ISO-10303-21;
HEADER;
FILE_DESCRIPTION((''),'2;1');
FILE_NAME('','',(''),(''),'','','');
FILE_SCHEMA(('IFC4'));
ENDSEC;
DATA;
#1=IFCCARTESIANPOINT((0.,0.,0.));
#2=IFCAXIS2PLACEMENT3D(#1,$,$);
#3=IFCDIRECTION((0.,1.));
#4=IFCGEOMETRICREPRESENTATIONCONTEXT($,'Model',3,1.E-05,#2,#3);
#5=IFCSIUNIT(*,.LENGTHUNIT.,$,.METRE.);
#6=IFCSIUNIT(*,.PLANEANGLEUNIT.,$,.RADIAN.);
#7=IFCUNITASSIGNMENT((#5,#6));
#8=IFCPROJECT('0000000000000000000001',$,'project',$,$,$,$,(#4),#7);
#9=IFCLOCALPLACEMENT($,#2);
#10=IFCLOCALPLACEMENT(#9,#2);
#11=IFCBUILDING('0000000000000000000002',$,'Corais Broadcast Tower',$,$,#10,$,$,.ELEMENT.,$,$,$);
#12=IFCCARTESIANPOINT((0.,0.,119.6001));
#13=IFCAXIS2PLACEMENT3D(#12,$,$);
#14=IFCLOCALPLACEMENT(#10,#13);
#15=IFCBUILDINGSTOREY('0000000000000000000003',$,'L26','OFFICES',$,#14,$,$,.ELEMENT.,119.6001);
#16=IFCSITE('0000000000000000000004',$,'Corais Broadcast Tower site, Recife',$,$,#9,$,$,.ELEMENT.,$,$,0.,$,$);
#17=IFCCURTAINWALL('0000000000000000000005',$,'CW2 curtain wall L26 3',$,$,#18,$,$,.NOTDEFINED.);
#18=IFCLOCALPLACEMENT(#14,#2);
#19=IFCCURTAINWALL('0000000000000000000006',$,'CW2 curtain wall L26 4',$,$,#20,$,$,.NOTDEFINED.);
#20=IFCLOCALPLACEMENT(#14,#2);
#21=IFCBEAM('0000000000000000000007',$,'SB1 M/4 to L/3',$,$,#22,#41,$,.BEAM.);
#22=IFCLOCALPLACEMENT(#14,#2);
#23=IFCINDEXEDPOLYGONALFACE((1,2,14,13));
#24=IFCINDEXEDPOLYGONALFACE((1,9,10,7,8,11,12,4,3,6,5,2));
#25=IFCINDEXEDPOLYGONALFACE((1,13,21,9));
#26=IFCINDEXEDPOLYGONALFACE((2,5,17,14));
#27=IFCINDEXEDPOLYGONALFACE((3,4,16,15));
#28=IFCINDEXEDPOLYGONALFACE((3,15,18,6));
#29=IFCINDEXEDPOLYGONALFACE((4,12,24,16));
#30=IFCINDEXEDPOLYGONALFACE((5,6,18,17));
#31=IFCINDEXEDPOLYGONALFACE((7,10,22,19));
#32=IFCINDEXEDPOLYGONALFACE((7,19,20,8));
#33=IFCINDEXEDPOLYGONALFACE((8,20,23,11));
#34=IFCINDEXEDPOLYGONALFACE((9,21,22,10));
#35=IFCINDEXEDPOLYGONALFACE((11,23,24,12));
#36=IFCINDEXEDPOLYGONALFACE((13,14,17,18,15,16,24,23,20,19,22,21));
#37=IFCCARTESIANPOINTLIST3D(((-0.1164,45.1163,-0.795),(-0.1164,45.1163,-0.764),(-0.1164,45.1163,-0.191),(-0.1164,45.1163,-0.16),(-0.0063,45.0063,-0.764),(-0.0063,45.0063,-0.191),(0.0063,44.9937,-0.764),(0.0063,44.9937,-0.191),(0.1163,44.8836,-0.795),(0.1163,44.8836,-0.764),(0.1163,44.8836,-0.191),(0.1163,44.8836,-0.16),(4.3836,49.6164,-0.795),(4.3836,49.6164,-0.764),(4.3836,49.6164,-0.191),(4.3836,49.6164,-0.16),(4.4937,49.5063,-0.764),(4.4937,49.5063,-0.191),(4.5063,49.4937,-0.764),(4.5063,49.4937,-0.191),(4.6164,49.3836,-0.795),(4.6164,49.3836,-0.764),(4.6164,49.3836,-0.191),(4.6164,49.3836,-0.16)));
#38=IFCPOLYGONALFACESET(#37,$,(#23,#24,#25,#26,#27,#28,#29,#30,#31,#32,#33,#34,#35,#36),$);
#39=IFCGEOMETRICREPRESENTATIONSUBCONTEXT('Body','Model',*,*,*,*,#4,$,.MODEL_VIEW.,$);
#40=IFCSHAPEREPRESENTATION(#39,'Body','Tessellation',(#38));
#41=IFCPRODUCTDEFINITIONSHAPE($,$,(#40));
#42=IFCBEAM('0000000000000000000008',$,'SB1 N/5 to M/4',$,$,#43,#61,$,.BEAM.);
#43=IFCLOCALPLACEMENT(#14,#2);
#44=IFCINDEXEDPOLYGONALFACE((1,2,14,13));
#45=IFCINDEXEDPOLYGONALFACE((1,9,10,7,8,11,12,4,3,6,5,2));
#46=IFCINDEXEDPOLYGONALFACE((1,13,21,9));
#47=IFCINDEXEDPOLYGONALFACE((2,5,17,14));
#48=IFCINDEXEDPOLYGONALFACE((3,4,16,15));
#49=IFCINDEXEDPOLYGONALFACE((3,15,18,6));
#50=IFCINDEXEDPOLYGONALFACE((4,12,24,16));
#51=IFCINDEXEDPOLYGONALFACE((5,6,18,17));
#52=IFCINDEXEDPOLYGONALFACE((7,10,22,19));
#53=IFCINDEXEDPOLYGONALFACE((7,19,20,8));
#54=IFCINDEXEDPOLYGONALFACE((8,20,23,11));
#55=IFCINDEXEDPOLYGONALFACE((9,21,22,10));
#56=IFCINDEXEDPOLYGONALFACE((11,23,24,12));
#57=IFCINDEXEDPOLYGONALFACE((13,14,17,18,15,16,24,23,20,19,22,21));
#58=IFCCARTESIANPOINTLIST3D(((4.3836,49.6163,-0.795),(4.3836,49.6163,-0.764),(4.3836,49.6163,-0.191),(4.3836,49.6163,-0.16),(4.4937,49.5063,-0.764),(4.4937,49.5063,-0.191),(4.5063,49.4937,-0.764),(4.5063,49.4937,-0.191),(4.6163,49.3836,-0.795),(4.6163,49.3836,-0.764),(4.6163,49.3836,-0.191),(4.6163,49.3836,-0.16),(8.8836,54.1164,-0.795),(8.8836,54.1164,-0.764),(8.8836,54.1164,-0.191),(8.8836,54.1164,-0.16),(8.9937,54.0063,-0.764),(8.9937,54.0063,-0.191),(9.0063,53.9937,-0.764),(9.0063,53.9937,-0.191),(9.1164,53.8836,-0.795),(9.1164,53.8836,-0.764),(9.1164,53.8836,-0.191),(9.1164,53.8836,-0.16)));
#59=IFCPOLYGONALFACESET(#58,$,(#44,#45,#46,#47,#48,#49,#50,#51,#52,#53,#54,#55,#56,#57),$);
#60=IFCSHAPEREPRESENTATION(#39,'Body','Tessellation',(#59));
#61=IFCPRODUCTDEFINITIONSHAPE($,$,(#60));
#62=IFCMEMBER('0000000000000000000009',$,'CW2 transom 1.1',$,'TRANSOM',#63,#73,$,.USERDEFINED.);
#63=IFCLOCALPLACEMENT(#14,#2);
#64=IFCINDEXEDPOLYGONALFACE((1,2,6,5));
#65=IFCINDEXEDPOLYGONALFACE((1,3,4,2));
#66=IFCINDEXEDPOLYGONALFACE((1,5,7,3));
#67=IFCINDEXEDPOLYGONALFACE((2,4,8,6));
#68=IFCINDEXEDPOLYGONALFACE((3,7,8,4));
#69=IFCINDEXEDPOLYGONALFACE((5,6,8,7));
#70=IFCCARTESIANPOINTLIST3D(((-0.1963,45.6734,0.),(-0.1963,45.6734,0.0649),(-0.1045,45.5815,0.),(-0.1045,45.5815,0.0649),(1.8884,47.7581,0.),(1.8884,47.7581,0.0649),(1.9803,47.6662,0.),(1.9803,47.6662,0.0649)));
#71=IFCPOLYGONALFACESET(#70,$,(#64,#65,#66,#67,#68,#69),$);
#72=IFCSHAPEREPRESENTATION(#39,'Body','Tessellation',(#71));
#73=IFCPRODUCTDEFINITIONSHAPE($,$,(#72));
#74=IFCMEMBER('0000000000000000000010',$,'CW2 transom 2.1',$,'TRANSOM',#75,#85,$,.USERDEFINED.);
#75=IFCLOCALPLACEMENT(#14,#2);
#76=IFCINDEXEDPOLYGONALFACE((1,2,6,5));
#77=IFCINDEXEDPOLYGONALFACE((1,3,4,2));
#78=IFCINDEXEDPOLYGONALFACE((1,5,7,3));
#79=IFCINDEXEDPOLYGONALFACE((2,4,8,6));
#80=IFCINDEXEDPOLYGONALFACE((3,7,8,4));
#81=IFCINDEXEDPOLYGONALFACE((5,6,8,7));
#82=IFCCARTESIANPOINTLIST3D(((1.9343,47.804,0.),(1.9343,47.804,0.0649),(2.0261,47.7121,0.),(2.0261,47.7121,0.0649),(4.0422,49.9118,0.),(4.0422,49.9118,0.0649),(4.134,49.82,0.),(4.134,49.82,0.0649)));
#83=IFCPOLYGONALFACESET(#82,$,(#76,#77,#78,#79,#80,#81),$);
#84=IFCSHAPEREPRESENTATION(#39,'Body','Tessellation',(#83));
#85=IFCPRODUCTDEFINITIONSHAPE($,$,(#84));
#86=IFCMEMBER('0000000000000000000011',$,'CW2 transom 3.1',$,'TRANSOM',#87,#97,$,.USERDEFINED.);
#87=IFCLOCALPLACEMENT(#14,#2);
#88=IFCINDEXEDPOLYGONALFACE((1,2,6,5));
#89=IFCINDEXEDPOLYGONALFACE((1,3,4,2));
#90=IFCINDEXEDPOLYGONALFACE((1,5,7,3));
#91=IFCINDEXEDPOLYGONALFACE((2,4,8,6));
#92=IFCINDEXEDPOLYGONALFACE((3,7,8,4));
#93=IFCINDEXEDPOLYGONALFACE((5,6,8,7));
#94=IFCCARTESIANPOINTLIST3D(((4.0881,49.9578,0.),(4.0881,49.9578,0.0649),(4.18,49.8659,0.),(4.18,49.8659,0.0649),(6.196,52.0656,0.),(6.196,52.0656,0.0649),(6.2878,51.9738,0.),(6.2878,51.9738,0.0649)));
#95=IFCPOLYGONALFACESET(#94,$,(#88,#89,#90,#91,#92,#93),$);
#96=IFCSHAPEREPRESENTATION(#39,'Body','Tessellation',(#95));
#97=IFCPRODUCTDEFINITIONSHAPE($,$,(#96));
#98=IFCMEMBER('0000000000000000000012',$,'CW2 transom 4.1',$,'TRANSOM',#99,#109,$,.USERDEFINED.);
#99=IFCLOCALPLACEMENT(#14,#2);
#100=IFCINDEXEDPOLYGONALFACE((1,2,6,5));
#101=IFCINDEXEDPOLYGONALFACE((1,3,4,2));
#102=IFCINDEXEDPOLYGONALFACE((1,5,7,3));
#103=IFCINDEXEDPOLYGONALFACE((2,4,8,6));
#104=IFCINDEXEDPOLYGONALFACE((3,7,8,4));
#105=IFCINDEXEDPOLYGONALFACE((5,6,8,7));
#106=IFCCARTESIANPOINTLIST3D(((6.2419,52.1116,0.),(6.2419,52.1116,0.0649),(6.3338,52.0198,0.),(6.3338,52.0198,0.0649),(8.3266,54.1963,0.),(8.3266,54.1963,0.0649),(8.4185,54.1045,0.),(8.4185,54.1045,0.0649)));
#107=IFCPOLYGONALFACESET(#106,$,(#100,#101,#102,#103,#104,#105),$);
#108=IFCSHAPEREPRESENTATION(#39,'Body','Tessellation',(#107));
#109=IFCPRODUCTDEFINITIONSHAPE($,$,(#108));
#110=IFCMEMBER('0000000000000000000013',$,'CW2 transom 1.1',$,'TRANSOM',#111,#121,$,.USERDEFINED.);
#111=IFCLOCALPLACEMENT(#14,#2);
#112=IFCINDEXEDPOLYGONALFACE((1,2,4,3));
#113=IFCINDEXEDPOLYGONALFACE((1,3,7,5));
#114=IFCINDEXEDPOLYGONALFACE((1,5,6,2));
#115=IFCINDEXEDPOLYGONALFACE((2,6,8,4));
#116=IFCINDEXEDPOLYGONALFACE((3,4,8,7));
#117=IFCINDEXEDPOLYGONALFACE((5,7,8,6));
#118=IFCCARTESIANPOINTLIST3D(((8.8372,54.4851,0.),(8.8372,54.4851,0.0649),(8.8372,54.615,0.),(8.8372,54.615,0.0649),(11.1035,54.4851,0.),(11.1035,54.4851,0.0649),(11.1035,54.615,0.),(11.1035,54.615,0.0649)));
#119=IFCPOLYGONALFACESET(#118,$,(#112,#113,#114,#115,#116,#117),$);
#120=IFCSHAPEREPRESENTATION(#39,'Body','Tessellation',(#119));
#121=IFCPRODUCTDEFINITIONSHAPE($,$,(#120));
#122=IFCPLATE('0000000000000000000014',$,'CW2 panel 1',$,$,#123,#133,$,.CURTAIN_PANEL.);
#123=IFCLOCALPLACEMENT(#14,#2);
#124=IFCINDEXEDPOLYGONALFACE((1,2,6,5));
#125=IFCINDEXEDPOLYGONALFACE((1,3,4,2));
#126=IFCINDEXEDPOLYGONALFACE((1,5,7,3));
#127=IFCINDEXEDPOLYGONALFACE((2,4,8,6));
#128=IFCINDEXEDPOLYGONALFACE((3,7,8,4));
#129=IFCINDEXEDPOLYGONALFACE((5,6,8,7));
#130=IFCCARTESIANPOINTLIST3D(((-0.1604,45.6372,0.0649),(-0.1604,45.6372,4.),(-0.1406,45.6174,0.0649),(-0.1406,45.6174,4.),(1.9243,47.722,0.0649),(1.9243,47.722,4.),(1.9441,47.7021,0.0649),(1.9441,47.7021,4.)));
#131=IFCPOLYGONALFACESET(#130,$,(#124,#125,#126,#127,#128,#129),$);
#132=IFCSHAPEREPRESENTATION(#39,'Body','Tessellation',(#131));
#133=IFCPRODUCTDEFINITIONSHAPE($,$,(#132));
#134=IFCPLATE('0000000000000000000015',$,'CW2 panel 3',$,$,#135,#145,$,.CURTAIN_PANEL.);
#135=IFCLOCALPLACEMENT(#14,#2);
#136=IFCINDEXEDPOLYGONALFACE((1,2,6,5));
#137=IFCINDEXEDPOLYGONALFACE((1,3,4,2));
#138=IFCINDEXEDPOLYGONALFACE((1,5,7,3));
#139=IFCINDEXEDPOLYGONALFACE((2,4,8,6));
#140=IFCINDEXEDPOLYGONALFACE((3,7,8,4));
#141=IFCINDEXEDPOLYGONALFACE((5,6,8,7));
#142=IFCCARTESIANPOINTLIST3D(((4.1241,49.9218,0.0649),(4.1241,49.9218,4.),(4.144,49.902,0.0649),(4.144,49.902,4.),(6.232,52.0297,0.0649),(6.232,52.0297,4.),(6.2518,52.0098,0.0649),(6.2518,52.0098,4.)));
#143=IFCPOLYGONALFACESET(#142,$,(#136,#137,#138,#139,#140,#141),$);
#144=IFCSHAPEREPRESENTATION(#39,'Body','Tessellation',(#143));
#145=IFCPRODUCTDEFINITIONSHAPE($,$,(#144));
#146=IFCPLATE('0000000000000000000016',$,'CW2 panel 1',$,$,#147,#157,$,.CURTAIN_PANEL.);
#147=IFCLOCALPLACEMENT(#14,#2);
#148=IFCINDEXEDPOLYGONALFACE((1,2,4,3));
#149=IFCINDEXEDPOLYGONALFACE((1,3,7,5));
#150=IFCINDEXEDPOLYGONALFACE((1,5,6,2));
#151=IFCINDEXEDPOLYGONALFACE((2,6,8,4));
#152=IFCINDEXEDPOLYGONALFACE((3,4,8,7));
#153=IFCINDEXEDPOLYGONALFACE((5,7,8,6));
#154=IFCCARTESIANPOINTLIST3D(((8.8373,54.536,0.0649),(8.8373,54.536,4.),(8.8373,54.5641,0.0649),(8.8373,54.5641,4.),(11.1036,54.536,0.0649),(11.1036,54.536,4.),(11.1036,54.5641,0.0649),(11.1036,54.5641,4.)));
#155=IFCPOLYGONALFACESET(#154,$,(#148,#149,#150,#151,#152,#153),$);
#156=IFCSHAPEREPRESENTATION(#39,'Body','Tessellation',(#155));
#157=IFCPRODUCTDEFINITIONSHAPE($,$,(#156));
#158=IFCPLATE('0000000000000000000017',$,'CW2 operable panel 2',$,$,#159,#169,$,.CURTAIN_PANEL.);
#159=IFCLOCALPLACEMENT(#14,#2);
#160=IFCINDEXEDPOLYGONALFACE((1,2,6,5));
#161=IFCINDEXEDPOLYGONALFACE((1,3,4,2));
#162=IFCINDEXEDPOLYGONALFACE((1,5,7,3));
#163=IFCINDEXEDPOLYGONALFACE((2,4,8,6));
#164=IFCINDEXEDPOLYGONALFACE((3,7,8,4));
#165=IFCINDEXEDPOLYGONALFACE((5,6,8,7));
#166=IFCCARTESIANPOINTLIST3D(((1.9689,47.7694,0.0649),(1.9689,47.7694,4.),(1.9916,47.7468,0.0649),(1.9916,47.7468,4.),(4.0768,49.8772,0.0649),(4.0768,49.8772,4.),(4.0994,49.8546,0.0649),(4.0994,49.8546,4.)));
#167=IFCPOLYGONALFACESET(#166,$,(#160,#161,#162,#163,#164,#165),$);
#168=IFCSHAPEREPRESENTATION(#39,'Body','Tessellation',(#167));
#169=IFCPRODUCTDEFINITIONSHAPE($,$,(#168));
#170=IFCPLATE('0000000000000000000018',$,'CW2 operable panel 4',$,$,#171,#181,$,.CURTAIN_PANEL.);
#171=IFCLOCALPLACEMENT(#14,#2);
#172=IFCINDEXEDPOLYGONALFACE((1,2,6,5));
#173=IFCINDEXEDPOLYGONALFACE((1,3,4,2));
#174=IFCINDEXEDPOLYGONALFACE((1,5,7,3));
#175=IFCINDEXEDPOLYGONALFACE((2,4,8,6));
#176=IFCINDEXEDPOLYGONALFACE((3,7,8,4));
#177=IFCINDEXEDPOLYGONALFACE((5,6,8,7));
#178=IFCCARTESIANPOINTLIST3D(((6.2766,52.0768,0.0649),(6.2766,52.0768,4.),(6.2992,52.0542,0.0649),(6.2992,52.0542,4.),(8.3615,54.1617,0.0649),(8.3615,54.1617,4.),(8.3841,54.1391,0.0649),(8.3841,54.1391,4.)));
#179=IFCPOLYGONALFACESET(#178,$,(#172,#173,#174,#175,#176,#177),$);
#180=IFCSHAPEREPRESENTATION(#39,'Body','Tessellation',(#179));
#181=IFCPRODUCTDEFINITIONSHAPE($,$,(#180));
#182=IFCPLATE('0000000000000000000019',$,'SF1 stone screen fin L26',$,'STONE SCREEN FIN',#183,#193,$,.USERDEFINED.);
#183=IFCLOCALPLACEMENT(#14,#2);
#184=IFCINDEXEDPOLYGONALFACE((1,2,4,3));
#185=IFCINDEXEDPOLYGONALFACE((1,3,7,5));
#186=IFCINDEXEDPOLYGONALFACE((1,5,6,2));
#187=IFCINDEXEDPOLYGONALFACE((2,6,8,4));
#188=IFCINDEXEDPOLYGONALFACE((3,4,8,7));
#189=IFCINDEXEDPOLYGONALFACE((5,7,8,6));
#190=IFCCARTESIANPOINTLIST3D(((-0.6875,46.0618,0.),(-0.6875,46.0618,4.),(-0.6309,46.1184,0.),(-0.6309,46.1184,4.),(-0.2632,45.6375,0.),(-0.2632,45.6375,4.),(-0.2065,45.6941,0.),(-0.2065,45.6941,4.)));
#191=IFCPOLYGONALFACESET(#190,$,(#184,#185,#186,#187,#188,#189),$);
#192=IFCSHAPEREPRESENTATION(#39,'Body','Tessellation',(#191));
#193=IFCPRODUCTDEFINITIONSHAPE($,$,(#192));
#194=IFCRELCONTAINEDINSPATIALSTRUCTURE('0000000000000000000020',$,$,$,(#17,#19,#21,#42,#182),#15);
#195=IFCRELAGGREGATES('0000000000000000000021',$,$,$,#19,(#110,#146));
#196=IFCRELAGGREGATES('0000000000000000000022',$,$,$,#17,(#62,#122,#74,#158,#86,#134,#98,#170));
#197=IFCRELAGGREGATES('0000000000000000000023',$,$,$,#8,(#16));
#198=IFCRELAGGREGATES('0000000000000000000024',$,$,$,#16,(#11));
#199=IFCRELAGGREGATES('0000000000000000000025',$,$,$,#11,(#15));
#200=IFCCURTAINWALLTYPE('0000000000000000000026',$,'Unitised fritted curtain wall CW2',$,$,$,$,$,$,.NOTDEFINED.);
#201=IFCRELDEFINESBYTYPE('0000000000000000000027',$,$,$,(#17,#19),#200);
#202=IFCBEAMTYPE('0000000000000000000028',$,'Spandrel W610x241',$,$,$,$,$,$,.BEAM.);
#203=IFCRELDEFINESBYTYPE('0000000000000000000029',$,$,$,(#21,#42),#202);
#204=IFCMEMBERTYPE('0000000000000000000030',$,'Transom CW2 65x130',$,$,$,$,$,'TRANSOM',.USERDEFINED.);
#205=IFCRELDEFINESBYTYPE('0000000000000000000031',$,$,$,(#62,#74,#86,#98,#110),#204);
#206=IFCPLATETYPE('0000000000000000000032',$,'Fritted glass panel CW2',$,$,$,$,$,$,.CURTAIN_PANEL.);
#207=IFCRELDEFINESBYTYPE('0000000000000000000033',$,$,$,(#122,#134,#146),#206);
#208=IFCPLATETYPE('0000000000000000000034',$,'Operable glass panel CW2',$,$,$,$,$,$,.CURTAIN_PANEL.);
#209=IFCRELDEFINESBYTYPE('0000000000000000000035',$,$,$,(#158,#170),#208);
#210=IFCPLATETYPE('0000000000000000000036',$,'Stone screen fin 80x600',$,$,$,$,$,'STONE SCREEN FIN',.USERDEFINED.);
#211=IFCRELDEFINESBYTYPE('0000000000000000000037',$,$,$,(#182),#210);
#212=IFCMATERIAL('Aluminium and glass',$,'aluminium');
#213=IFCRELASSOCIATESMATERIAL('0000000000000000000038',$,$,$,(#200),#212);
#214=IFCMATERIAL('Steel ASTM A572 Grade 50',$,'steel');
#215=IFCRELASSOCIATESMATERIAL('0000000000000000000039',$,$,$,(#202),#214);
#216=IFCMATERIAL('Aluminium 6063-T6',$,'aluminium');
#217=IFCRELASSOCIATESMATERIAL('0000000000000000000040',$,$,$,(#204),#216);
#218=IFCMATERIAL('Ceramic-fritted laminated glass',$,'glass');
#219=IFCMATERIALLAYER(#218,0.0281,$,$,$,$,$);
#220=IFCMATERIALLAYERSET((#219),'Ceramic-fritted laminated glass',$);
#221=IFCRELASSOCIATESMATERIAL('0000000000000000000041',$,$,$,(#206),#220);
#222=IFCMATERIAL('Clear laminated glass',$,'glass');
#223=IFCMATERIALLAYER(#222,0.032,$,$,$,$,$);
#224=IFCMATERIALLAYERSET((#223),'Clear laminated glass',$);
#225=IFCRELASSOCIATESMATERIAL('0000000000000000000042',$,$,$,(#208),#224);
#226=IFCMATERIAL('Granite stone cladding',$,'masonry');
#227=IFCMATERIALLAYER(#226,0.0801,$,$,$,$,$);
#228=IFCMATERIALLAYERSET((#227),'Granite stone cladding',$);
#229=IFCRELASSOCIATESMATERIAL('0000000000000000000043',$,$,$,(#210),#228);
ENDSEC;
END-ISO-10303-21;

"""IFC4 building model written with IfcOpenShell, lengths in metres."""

from ifc_helpers import new_model, si_unit, direction, frame, origin, origin_2d, place, context, subcontext, project, spatial, rectangle, i_section, extrude, material, layer, layer_set, material_profile, profile_set, type_object, element, aggregate, save


model = new_model("IFC4")

# Units and contexts
model_context = context("Model", 3, precision=1e-05, world=origin(), true_north=direction((0.0, 1.0)))
body_context = subcontext(model_context, "Body", "Model", "MODEL_VIEW")
ifc_project = project(units=[si_unit("LENGTHUNIT", "METRE"), si_unit("PLANEANGLEUNIT", "RADIAN")], contexts=[model_context])

# Site, building, storey
site_placement = place(None, origin())
site = spatial("IfcSite", under=ifc_project, at=site_placement, Name="Corais Broadcast Tower site, Recife", CompositionType="ELEMENT", RefElevation=0.0)
building_placement = place(site_placement, origin())
building = spatial("IfcBuilding", under=site, at=building_placement, Name="Corais Broadcast Tower", CompositionType="ELEMENT")
storey_placement = place(building_placement, frame((0.0, 0.0, 119.6001)))
storey = spatial("IfcBuildingStorey", under=building, at=storey_placement, Name="L26", Description="OFFICES", CompositionType="ELEMENT", Elevation=119.6001)

# Shared definitions
ifc_material_1 = material(Name="Aluminium and glass", Category="aluminium")
curtain_wall_type = type_object("IfcCurtainWallType", Name="Unitised fritted curtain wall CW2", PredefinedType="NOTDEFINED", material=ifc_material_1)

# Curtain walls
curtain_wall_1_placement = place(storey_placement, origin())
curtain_wall_1 = element("IfcCurtainWall", 1, at=curtain_wall_1_placement, inside=storey, type_object=curtain_wall_type, Name="CW2 curtain wall L26 3", PredefinedType="NOTDEFINED")
curtain_wall_2_placement = place(storey_placement, origin())
curtain_wall_2 = element("IfcCurtainWall", 2, at=curtain_wall_2_placement, inside=storey, type_object=curtain_wall_type, Name="CW2 curtain wall L26 4", PredefinedType="NOTDEFINED")

# Beams
ifc_material_2 = material(Name="Steel ASTM A572 Grade 50", Category="steel")
ifc_material_profile_1 = material_profile(ifc_material_2, i_section(OverallWidth=0.3291, OverallDepth=0.635, WebThickness=0.0178, FlangeThickness=0.031, at=origin_2d()), Name="W610x241")
ifc_profile_set_1 = profile_set([ifc_material_profile_1], Name="Steel ASTM A572 Grade 50")
beam_type_1 = type_object("IfcBeamType", Name="Spandrel W610x241", PredefinedType="BEAM", material=ifc_profile_set_1)
for number, where, z_axis, x_axis, name in (
    (3, (4.5, 49.5, -0.4775), (-0.707107, -0.707107, 0.0), (0.707107, -0.707107, 0.0), "SB1 M/4 to L/3"),
    (4, (9.0, 54.0, -0.4775), (-0.707107, -0.707107, 0.0), (0.707107, -0.707107, 0.0), "SB1 N/5 to M/4"),
):
    element("IfcBeam", number, at=place(storey_placement, frame(where, z_axis=z_axis, x_axis=x_axis)), inside=storey, type_object=beam_type_1, Name=name, PredefinedType="BEAM", context=body_context, shape_type="SweptSolid", body=[
        extrude(i_section(OverallWidth=0.3291, OverallDepth=0.635, WebThickness=0.0178, FlangeThickness=0.031, at=origin_2d()), origin(), (0.0, 0.0, 1.0), 6.364),
    ])

# Members
ifc_material_3 = material(Name="Aluminium 6063-T6", Category="aluminium")
ifc_material_profile_2 = material_profile(ifc_material_3, rectangle(XDim=0.1299, YDim=0.0649, at=origin_2d()), Name="Transom CW2 65x130")
ifc_profile_set_2 = profile_set([ifc_material_profile_2], Name="Aluminium 6063-T6")
member_type_1 = type_object("IfcMemberType", Name="Transom CW2 65x130", ElementType="TRANSOM", PredefinedType="USERDEFINED", material=ifc_profile_set_2)
member_1_placement = place(storey_placement, frame((-0.1504, 45.6274, 0.0325), z_axis=(0.707107, 0.707107, 0.0), x_axis=(-0.707107, 0.707107, 0.0)))
member_1 = element("IfcMember", 5, at=member_1_placement, type_object=member_type_1, Name="CW2 transom 1.1", ObjectType="TRANSOM", PredefinedType="USERDEFINED", context=body_context, shape_type="SweptSolid", body=[
    extrude(rectangle(XDim=0.1299, YDim=0.0649, at=origin_2d()), origin(), (0.0, 0.0, 1.0), 2.9482),
])
member_2_placement = place(storey_placement, frame((1.9802, 47.7581, 0.0325), z_axis=(0.707107, 0.707107, 0.0), x_axis=(-0.707107, 0.707107, 0.0)))
member_2 = element("IfcMember", 6, at=member_2_placement, type_object=member_type_1, Name="CW2 transom 2.1", ObjectType="TRANSOM", PredefinedType="USERDEFINED", context=body_context, shape_type="SweptSolid", body=[
    extrude(rectangle(XDim=0.1299, YDim=0.0649, at=origin_2d()), origin(), (0.0, 0.0, 1.0), 2.981),
])
member_3_placement = place(storey_placement, frame((4.134, 49.9119, 0.0325), z_axis=(0.707107, 0.707107, 0.0), x_axis=(-0.707107, 0.707107, 0.0)))
member_3 = element("IfcMember", 7, at=member_3_placement, type_object=member_type_1, Name="CW2 transom 3.1", ObjectType="TRANSOM", PredefinedType="USERDEFINED", context=body_context, shape_type="SweptSolid", body=[
    extrude(rectangle(XDim=0.1299, YDim=0.0649, at=origin_2d()), origin(), (0.0, 0.0, 1.0), 2.981),
])
member_4_placement = place(storey_placement, frame((6.2878, 52.0657, 0.0325), z_axis=(0.707107, 0.707107, 0.0), x_axis=(-0.707107, 0.707107, 0.0)))
member_4 = element("IfcMember", 8, at=member_4_placement, type_object=member_type_1, Name="CW2 transom 4.1", ObjectType="TRANSOM", PredefinedType="USERDEFINED", context=body_context, shape_type="SweptSolid", body=[
    extrude(rectangle(XDim=0.1299, YDim=0.0649, at=origin_2d()), origin(), (0.0, 0.0, 1.0), 2.9482),
])
member_5_placement = place(storey_placement, frame((8.8372, 54.55, 0.0325), z_axis=(1.0, 0.0, 0.0), x_axis=(0.0, 1.0, 0.0)))
member_5 = element("IfcMember", 9, at=member_5_placement, type_object=member_type_1, Name="CW2 transom 1.1", ObjectType="TRANSOM", PredefinedType="USERDEFINED", context=body_context, shape_type="SweptSolid", body=[
    extrude(rectangle(XDim=0.1299, YDim=0.0649, at=origin_2d()), origin(), (0.0, 0.0, 1.0), 2.2664),
])

# Plates
ifc_material_4 = material(Name="Ceramic-fritted laminated glass", Category="glass")
ifc_layer_1 = layer(ifc_material_4, 0.0281)
ifc_layer_set_1 = layer_set([ifc_layer_1], Name="Ceramic-fritted laminated glass")
plate_type_1 = type_object("IfcPlateType", Name="Fritted glass panel CW2", PredefinedType="CURTAIN_PANEL", material=ifc_layer_set_1)
plate_1_placement = place(storey_placement, frame((0.8918, 46.6697, 0.0649), z_axis=(0.0, 0.0, 1.0), x_axis=(0.707107, 0.707107, 0.0)))
plate_1 = element("IfcPlate", 10, at=plate_1_placement, type_object=plate_type_1, Name="CW2 panel 1", PredefinedType="CURTAIN_PANEL", context=body_context, shape_type="SweptSolid", body=[
    extrude(rectangle(XDim=2.9482, YDim=0.0281, at=origin_2d()), origin(), (0.0, 0.0, 1.0), 3.9351),
])
plate_2_placement = place(storey_placement, frame((5.188, 50.9658, 0.0649), z_axis=(0.0, 0.0, 1.0), x_axis=(0.707107, 0.707107, 0.0)))
plate_2 = element("IfcPlate", 11, at=plate_2_placement, type_object=plate_type_1, Name="CW2 panel 3", PredefinedType="CURTAIN_PANEL", context=body_context, shape_type="SweptSolid", body=[
    extrude(rectangle(XDim=2.981, YDim=0.0281, at=origin_2d()), origin(), (0.0, 0.0, 1.0), 3.9351),
])
plate_3_placement = place(storey_placement, frame((9.9705, 54.55, 0.0649), z_axis=(0.0, 0.0, 1.0), x_axis=(1.0, 0.0, 0.0)))
plate_3 = element("IfcPlate", 12, at=plate_3_placement, type_object=plate_type_1, Name="CW2 panel 1", PredefinedType="CURTAIN_PANEL", context=body_context, shape_type="SweptSolid", body=[
    extrude(rectangle(XDim=2.2664, YDim=0.0281, at=origin_2d()), origin(), (0.0, 0.0, 1.0), 3.9351),
])
aggregate(curtain_wall_2, [member_5, plate_3])
ifc_material_5 = material(Name="Clear laminated glass", Category="glass")
ifc_layer_2 = layer(ifc_material_5, 0.032)
ifc_layer_set_2 = layer_set([ifc_layer_2], Name="Clear laminated glass")
plate_type_2 = type_object("IfcPlateType", Name="Operable glass panel CW2", PredefinedType="CURTAIN_PANEL", material=ifc_layer_set_2)
plate_4_placement = place(storey_placement, frame((3.0342, 48.812, 0.0649), z_axis=(0.0, 0.0, 1.0), x_axis=(0.707107, 0.707107, 0.0)))
plate_4 = element("IfcPlate", 13, at=plate_4_placement, type_object=plate_type_2, Name="CW2 operable panel 2", PredefinedType="CURTAIN_PANEL", context=body_context, shape_type="SweptSolid", body=[
    extrude(rectangle(XDim=2.981, YDim=0.032, at=origin_2d()), origin(), (0.0, 0.0, 1.0), 3.9351),
])
plate_5_placement = place(storey_placement, frame((7.3303, 53.1079, 0.0649), z_axis=(0.0, 0.0, 1.0), x_axis=(0.707107, 0.707107, 0.0)))
plate_5 = element("IfcPlate", 14, at=plate_5_placement, type_object=plate_type_2, Name="CW2 operable panel 4", PredefinedType="CURTAIN_PANEL", context=body_context, shape_type="SweptSolid", body=[
    extrude(rectangle(XDim=2.9485, YDim=0.032, at=origin_2d()), origin(), (0.0, 0.0, 1.0), 3.9351),
])
aggregate(curtain_wall_1, [member_1, plate_1, member_2, plate_4, member_3, plate_2, member_4, plate_5])

# Plate
ifc_material_6 = material(Name="Granite stone cladding", Category="masonry")
ifc_layer_3 = layer(ifc_material_6, 0.0801)
ifc_layer_set_3 = layer_set([ifc_layer_3], Name="Granite stone cladding")
plate_type_3 = type_object("IfcPlateType", Name="Stone screen fin 80x600", ElementType="STONE SCREEN FIN", PredefinedType="USERDEFINED", material=ifc_layer_set_3)
for number, where, z_axis, x_axis, name in (
    (15, (-0.447, 45.8779, 0.0), (0.0, 0.0, 1.0), (0.707107, 0.707107, 0.0), "SF1 stone screen fin L26"),
):
    element("IfcPlate", number, at=place(storey_placement, frame(where, z_axis=z_axis, x_axis=x_axis)), inside=storey, type_object=plate_type_3, Name=name, ObjectType="STONE SCREEN FIN", PredefinedType="USERDEFINED", context=body_context, shape_type="SweptSolid", body=[
        extrude(rectangle(XDim=0.0801, YDim=0.6001, at=origin_2d()), origin(), (0.0, 0.0, 1.0), 4.0),
    ])

save(model, "model.ifc")
